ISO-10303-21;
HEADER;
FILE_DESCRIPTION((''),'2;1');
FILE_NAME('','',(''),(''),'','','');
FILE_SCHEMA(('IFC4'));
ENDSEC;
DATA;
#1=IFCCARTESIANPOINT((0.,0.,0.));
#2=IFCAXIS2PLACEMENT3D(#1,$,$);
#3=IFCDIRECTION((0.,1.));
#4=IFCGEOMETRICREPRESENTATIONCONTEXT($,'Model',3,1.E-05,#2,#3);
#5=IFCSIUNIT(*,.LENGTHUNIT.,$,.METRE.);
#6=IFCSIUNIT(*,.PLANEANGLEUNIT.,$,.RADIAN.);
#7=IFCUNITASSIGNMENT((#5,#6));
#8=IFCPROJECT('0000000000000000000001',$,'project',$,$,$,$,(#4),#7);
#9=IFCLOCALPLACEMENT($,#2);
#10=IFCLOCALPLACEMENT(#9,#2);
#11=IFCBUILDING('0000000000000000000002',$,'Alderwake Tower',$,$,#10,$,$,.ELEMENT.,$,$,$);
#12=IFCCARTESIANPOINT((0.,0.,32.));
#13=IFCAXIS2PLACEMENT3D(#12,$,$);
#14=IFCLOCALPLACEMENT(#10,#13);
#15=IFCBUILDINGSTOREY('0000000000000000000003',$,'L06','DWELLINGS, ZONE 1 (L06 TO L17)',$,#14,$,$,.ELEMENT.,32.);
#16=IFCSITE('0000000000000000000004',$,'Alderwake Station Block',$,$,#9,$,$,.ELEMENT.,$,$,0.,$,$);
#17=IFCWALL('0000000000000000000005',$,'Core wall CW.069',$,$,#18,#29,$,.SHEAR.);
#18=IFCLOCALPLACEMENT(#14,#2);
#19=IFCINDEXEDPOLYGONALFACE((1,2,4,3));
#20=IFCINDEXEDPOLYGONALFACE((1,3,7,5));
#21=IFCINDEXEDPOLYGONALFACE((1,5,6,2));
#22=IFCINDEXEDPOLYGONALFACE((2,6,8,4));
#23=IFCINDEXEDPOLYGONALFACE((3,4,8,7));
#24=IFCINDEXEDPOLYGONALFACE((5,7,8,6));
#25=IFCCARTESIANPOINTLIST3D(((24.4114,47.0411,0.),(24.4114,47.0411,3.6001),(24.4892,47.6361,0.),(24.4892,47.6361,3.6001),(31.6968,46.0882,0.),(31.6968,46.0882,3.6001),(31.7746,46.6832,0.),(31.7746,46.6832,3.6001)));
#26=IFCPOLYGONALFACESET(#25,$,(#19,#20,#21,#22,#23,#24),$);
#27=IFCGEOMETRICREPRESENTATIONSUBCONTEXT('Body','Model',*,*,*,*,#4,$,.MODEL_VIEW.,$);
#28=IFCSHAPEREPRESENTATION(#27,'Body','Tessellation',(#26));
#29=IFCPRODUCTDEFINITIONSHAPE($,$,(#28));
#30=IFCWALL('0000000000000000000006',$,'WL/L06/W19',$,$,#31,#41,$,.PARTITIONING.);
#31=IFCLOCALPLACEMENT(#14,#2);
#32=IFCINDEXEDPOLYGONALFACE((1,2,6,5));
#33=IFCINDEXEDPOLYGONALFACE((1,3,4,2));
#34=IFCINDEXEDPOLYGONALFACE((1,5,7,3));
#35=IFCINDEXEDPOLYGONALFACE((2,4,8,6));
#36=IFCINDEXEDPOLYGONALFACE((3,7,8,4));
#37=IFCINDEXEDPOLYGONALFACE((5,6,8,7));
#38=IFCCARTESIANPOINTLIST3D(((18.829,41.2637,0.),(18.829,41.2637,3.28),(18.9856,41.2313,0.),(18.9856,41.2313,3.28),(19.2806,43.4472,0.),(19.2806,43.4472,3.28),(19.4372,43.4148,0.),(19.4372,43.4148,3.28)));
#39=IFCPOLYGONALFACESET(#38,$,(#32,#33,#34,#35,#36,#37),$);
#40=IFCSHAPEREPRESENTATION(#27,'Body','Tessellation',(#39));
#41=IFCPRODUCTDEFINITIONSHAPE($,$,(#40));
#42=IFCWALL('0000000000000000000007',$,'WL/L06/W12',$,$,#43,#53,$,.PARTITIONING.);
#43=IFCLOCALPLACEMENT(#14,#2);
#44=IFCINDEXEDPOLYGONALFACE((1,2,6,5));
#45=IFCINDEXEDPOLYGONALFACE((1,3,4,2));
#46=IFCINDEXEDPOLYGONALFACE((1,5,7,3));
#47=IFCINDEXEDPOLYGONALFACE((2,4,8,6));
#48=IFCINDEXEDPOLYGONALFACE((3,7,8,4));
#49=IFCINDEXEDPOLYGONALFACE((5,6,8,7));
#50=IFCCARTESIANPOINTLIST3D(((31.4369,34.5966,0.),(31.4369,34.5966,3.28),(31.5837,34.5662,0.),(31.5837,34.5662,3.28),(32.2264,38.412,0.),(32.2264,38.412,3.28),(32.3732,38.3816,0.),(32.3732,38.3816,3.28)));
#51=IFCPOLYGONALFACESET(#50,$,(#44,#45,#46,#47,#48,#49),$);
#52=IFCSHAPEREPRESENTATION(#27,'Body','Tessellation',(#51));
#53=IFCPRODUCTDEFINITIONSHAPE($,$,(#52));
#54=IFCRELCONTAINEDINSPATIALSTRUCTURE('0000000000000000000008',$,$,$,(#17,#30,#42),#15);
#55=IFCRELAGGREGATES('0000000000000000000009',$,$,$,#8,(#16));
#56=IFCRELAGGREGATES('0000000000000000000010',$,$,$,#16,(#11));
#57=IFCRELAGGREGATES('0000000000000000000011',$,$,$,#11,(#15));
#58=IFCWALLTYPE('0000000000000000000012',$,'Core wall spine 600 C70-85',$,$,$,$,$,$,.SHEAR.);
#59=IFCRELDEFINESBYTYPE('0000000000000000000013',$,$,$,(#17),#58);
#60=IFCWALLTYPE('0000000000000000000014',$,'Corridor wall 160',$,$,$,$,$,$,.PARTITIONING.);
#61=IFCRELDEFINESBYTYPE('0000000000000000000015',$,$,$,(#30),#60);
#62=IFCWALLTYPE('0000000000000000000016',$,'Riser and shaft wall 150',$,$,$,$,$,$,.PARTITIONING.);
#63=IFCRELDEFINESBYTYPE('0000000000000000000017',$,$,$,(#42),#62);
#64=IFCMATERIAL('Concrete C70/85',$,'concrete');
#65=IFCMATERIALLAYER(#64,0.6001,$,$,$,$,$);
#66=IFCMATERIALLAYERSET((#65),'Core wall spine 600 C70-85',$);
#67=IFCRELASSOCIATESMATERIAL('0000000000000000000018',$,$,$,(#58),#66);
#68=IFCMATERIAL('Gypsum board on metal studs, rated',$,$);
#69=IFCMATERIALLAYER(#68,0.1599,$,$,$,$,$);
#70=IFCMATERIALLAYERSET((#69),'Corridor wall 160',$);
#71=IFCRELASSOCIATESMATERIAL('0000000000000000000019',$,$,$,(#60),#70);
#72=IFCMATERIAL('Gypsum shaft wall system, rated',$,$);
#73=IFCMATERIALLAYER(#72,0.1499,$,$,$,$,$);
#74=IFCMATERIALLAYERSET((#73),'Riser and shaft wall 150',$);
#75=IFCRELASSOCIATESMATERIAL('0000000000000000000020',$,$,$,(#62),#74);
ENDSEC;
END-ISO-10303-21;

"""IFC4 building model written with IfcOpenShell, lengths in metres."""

from ifc_helpers import new_model, si_unit, direction, frame, frame_2d, origin, place, context, subcontext, project, spatial, rectangle, extrude, material, layer, layer_set, type_object, element, save


model = new_model("IFC4")

# Units and contexts
model_context = context("Model", 3, precision=1e-05, world=origin(), true_north=direction((0.0, 1.0)))
body_context = subcontext(model_context, "Body", "Model", "MODEL_VIEW")
ifc_project = project(units=[si_unit("LENGTHUNIT", "METRE"), si_unit("PLANEANGLEUNIT", "RADIAN")], contexts=[model_context])

# Site, building, storey
site_placement = place(None, origin())
site = spatial("IfcSite", under=ifc_project, at=site_placement, Name="Alderwake Station Block", CompositionType="ELEMENT", RefElevation=0.0)
building_placement = place(site_placement, origin())
building = spatial("IfcBuilding", under=site, at=building_placement, Name="Alderwake Tower", CompositionType="ELEMENT")
storey_placement = place(building_placement, frame((0.0, 0.0, 32.0)))
storey = spatial("IfcBuildingStorey", under=building, at=storey_placement, Name="L06", Description="DWELLINGS, ZONE 1 (L06 TO L17)", CompositionType="ELEMENT", Elevation=32.0)

# Shared definitions
ifc_material_1 = material(Name="Concrete C70/85", Category="concrete")
ifc_layer_1 = layer(ifc_material_1, 0.6001)
ifc_layer_set_1 = layer_set([ifc_layer_1], Name="Core wall spine 600 C70-85")
wall_type_1 = type_object("IfcWallType", Name="Core wall spine 600 C70-85", PredefinedType="SHEAR", material=ifc_layer_set_1)

# Walls
wall_1_placement = place(storey_placement, frame((24.4502, 47.3386, 0.0), z_axis=(0.0, 0.0, 1.0), x_axis=(0.991555, -0.129689, 0.0)))
element("IfcWall", 1, at=wall_1_placement, inside=storey, type_object=wall_type_1, Name="Core wall CW.069", PredefinedType="SHEAR", context=body_context, shape_type="SweptSolid", body=[
    extrude(rectangle(XDim=7.3474, YDim=0.6001, at=frame_2d((3.6738, 0.0))), origin(), (0.0, 0.0, 1.0), 3.6001),
])
ifc_material_2 = material(Name="Gypsum board on metal studs, rated")
ifc_layer_2 = layer(ifc_material_2, 0.1599)
ifc_layer_set_2 = layer_set([ifc_layer_2], Name="Corridor wall 160")
wall_type_2 = type_object("IfcWallType", Name="Corridor wall 160", PredefinedType="PARTITIONING", material=ifc_layer_set_2)
wall_2_placement = place(storey_placement, frame((19.3589, 43.4309, 0.0), z_axis=(0.0, 0.0, 1.0), x_axis=(-0.202555, -0.979271, 0.0)))
element("IfcWall", 2, at=wall_2_placement, inside=storey, type_object=wall_type_2, Name="WL/L06/W19", PredefinedType="PARTITIONING", context=body_context, shape_type="SweptSolid", body=[
    extrude(rectangle(XDim=2.2297, YDim=0.1599, at=frame_2d((1.1147, 0.0))), origin(), (0.0, 0.0, 1.0), 3.28),
])
ifc_material_3 = material(Name="Gypsum shaft wall system, rated")
ifc_layer_3 = layer(ifc_material_3, 0.1499)
ifc_layer_set_3 = layer_set([ifc_layer_3], Name="Riser and shaft wall 150")
wall_type_3 = type_object("IfcWallType", Name="Riser and shaft wall 150", PredefinedType="PARTITIONING", material=ifc_layer_set_3)
wall_3_placement = place(storey_placement, frame((31.5103, 34.5813, 0.0), z_axis=(0.0, 0.0, 1.0), x_axis=(0.202643, 0.979253, 0.0)))
element("IfcWall", 3, at=wall_3_placement, inside=storey, type_object=wall_type_3, Name="WL/L06/W12", PredefinedType="PARTITIONING", context=body_context, shape_type="SweptSolid", body=[
    extrude(rectangle(XDim=3.8962, YDim=0.1499, at=frame_2d((1.9482, 0.0))), origin(), (0.0, 0.0, 1.0), 3.28),
])

save(model, "model.ifc")
